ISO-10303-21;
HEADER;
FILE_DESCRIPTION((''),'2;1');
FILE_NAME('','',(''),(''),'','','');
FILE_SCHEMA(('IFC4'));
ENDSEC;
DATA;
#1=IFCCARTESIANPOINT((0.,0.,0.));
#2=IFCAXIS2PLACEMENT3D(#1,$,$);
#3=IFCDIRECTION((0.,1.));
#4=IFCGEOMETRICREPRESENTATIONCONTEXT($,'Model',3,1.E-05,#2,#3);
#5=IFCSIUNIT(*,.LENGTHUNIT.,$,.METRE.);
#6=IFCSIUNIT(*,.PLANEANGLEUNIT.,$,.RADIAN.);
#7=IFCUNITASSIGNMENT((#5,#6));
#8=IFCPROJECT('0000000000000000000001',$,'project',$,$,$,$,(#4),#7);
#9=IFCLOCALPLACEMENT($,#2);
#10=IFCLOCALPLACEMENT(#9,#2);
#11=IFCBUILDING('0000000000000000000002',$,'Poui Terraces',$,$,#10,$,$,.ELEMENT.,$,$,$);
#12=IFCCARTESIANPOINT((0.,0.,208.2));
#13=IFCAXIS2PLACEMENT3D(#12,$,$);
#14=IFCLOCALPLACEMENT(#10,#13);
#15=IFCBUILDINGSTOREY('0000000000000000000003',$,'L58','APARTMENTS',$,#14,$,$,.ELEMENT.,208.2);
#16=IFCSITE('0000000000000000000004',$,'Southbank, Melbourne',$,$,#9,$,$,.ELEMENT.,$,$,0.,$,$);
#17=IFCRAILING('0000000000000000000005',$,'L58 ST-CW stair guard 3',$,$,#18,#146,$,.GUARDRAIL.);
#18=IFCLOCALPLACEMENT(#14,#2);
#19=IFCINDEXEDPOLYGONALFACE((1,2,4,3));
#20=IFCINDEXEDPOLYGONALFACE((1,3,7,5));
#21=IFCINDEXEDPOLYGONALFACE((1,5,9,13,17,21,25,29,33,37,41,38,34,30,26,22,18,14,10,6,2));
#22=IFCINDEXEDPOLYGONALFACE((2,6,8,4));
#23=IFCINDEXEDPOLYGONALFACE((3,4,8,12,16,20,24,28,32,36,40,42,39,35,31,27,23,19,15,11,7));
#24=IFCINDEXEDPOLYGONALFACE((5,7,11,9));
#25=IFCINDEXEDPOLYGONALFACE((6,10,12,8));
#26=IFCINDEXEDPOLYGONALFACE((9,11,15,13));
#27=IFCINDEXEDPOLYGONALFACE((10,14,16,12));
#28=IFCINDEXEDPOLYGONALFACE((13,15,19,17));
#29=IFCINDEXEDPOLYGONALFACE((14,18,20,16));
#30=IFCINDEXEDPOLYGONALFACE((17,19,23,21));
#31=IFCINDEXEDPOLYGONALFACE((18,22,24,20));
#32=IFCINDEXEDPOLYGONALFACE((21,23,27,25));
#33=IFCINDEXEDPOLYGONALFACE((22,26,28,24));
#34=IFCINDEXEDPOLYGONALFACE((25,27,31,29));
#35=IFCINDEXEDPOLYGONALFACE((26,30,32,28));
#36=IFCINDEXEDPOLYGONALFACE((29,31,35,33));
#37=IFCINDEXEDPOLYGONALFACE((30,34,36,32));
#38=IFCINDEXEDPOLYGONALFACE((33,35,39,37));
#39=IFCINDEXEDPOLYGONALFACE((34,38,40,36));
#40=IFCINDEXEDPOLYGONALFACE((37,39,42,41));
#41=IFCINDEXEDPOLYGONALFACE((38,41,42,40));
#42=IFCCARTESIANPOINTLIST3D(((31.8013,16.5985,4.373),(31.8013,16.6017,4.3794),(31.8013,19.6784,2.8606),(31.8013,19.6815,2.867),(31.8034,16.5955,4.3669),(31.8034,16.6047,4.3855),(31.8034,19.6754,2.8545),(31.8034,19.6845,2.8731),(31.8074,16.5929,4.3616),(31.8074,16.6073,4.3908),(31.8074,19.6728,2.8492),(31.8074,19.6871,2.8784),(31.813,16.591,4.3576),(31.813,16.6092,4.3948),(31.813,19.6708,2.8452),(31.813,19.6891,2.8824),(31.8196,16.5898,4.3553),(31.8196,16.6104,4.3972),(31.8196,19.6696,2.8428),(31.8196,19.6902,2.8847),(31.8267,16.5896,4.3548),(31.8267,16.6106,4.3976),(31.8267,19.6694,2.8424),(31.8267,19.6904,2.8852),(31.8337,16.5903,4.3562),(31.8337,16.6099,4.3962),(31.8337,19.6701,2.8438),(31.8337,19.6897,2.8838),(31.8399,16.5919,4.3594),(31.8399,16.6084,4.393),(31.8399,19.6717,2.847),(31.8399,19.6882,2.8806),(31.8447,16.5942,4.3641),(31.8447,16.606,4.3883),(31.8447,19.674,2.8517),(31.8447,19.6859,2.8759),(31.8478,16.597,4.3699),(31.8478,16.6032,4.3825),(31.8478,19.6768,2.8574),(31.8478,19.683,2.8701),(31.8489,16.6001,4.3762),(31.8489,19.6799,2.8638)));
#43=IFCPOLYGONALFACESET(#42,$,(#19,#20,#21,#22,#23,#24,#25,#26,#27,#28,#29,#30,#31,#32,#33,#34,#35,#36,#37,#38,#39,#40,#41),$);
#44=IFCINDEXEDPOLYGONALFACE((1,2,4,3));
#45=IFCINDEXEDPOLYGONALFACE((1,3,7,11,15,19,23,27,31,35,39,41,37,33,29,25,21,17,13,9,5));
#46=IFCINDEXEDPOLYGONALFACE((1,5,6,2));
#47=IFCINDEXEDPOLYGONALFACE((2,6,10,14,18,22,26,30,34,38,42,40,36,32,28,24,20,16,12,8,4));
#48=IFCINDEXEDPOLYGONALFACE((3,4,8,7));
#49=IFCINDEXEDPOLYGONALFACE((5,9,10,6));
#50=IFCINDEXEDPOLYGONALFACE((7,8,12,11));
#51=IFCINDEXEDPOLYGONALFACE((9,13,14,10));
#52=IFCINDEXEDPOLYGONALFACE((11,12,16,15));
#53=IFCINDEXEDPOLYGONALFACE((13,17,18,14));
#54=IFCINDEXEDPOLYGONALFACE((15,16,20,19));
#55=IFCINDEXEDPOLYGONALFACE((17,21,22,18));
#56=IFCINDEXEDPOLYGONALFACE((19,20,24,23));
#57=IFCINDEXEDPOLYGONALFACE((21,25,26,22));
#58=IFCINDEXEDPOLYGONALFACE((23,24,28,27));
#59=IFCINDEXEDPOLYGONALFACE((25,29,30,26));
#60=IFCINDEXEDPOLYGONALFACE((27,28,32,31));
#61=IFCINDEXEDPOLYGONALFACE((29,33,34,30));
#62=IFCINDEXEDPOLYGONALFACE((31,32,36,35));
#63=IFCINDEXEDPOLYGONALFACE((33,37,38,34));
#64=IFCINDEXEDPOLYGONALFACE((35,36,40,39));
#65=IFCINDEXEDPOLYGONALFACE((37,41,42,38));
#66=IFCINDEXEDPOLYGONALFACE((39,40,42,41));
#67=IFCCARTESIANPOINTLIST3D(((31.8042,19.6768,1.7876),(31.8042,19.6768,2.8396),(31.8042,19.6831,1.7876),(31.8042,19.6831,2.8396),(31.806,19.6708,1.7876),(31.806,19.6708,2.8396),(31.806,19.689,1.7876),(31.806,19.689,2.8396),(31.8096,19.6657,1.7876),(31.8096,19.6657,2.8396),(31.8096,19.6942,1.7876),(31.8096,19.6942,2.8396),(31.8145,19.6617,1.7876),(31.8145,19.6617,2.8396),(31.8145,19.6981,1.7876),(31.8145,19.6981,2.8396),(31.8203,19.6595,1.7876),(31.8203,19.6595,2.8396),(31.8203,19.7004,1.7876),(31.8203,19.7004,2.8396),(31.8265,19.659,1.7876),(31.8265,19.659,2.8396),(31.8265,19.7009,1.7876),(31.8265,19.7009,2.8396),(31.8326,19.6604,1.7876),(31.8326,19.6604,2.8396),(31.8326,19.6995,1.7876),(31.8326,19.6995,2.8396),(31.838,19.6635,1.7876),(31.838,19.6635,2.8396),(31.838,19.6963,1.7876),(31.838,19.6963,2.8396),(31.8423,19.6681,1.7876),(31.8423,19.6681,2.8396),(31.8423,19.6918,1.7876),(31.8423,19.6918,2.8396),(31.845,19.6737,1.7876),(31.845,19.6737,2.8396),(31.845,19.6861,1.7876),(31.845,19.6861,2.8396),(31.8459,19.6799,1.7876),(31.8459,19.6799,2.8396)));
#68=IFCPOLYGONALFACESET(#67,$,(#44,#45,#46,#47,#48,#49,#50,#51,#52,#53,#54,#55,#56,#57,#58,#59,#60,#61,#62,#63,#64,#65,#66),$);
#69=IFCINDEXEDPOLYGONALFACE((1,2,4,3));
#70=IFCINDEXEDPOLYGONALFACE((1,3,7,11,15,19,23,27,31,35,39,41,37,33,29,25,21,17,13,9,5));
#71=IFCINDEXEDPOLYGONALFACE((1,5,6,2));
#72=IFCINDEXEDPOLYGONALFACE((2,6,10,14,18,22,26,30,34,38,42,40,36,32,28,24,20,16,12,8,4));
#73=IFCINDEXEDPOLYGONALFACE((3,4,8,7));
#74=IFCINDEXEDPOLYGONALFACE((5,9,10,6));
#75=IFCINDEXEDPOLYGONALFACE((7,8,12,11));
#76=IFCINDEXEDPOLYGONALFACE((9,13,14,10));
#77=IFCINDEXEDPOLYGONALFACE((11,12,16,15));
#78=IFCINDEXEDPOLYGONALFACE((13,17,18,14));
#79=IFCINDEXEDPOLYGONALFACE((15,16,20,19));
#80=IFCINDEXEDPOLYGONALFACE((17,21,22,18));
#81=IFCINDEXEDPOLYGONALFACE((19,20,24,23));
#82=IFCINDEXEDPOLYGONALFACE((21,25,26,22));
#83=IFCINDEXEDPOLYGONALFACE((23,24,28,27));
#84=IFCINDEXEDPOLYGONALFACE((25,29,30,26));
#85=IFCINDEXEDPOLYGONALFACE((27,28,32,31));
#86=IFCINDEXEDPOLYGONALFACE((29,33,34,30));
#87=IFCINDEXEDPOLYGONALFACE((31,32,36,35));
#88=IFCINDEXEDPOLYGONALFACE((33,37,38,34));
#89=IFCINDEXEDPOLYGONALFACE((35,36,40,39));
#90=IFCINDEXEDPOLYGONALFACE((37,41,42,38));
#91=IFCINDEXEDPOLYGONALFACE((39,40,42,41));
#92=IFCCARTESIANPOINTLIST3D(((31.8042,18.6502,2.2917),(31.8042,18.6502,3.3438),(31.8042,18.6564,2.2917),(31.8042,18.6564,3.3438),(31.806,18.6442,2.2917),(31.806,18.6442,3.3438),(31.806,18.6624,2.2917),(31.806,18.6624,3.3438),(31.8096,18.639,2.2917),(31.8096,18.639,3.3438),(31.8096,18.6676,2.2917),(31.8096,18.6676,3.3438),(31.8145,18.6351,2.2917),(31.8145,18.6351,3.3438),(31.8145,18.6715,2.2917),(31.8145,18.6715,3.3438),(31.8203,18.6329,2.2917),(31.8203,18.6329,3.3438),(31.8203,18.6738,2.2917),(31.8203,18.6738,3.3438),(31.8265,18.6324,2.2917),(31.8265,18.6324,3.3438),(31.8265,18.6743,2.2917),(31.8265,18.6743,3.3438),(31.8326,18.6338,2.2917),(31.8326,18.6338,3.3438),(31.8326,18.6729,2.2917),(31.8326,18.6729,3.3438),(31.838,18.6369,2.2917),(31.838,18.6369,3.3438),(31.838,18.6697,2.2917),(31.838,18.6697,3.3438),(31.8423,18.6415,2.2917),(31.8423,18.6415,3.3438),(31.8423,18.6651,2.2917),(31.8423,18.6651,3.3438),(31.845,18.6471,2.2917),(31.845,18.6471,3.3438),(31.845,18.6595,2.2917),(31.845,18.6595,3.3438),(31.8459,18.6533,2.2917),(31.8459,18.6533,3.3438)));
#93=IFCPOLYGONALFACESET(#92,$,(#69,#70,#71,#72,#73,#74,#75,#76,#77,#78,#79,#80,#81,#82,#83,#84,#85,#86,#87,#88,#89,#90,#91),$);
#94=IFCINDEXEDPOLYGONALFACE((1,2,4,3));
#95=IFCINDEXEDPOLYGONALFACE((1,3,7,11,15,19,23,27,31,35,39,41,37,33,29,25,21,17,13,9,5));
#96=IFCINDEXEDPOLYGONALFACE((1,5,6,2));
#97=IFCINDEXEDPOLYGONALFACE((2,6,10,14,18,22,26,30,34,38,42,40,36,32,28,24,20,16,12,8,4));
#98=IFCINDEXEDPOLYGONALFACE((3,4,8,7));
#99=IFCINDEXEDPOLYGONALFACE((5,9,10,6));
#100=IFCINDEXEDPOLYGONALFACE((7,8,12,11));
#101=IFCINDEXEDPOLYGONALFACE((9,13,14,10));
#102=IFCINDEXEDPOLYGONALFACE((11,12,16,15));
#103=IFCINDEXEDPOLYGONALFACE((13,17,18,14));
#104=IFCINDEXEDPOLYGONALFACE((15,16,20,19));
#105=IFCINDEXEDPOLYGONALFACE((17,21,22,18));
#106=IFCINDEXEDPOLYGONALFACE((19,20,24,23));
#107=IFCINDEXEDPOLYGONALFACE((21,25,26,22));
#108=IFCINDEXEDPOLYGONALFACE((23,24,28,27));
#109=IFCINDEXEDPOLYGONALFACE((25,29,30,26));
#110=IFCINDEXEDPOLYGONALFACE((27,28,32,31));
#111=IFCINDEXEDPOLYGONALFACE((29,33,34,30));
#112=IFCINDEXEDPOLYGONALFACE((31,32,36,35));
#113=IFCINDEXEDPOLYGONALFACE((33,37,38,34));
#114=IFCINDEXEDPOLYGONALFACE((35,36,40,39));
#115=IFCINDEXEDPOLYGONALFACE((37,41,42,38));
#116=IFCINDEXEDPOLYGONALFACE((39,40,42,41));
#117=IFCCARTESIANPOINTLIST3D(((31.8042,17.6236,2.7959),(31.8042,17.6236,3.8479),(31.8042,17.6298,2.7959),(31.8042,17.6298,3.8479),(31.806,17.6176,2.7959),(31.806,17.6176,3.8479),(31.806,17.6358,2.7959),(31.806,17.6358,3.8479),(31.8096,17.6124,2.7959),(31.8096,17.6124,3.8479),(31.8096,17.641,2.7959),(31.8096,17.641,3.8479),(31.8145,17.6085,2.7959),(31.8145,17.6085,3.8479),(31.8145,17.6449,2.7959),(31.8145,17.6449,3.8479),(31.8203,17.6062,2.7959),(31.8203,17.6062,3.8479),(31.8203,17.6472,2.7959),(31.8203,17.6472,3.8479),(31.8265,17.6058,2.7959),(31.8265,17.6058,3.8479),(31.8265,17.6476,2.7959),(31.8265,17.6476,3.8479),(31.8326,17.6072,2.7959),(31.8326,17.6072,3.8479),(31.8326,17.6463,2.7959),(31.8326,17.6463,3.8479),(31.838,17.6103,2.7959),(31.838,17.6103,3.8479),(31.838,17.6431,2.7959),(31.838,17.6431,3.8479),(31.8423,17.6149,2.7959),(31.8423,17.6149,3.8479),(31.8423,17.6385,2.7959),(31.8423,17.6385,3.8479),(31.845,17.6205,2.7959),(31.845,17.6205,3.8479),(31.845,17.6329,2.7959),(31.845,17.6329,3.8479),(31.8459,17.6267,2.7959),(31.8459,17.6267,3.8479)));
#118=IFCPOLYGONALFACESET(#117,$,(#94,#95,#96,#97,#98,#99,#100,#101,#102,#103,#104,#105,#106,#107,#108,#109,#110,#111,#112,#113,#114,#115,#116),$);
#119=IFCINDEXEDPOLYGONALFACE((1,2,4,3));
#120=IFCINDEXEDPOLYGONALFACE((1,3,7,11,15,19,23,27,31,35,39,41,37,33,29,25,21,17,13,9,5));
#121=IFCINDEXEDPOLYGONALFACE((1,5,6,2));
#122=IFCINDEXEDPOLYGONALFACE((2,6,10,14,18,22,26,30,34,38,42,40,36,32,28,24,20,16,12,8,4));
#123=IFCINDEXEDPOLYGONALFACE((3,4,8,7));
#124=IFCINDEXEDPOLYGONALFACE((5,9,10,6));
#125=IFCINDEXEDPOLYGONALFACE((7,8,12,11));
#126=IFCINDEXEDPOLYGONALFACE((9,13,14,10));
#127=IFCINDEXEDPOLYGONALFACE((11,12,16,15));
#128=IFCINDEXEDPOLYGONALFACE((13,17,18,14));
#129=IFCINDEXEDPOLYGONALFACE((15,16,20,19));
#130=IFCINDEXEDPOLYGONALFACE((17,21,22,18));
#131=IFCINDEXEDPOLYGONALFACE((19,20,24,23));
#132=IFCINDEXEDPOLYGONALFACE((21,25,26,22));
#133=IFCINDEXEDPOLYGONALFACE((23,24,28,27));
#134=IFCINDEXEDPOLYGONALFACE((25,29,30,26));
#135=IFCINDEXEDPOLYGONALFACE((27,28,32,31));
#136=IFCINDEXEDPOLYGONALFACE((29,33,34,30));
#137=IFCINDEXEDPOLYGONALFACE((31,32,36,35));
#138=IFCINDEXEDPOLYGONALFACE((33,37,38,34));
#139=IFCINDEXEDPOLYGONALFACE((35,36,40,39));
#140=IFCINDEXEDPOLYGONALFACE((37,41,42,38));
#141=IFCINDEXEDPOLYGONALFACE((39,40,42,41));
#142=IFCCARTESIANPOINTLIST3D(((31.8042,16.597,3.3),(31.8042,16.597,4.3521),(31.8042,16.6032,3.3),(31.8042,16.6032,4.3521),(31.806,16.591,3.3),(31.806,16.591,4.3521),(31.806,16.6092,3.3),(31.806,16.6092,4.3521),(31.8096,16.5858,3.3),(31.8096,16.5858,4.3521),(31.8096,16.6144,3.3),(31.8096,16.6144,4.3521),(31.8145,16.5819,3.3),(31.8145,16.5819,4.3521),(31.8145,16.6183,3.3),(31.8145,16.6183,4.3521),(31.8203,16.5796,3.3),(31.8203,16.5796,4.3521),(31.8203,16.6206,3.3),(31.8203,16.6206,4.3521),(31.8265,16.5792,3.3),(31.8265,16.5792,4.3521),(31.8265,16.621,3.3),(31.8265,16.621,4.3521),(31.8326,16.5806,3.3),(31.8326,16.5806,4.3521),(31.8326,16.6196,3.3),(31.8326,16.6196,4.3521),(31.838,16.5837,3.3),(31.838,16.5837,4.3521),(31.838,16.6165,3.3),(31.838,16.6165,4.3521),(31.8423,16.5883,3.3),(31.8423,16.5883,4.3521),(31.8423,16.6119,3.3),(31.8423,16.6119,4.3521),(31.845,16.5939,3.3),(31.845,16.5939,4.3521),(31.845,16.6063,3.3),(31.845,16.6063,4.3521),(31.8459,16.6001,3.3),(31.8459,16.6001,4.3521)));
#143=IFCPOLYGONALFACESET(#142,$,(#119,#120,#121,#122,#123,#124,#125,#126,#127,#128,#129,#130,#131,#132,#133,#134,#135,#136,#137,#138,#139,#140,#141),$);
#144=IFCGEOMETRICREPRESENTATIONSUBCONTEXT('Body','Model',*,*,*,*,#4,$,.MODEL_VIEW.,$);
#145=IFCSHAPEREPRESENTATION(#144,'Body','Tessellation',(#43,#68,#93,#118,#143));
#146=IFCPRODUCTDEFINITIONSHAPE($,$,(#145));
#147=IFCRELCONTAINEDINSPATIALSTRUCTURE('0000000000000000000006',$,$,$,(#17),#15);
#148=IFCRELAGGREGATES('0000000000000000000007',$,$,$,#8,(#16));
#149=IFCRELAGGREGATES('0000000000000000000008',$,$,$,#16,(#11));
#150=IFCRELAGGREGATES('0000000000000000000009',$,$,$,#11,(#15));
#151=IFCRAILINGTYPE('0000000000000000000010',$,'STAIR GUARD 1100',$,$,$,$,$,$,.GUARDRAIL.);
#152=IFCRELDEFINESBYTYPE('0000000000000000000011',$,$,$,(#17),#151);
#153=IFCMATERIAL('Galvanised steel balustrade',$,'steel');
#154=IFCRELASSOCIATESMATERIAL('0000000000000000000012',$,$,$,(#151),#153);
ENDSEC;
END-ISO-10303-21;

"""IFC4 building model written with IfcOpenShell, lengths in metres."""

from ifc_helpers import new_model, si_unit, direction, frame, origin, origin_2d, place, context, subcontext, project, spatial, circle, extrude, material, type_object, element, save


model = new_model("IFC4")

# Units and contexts
model_context = context("Model", 3, precision=1e-05, world=origin(), true_north=direction((0.0, 1.0)))
body_context = subcontext(model_context, "Body", "Model", "MODEL_VIEW")
ifc_project = project(units=[si_unit("LENGTHUNIT", "METRE"), si_unit("PLANEANGLEUNIT", "RADIAN")], contexts=[model_context])

# Site, building, storey
site_placement = place(None, origin())
site = spatial("IfcSite", under=ifc_project, at=site_placement, Name="Southbank, Melbourne", CompositionType="ELEMENT", RefElevation=0.0)
building_placement = place(site_placement, origin())
building = spatial("IfcBuilding", under=site, at=building_placement, Name="Poui Terraces", CompositionType="ELEMENT")
storey_placement = place(building_placement, frame((0.0, 0.0, 208.2)))
storey = spatial("IfcBuildingStorey", under=building, at=storey_placement, Name="L58", Description="APARTMENTS", CompositionType="ELEMENT", Elevation=208.2)

# Railing
ifc_material_1 = material(Name="Galvanised steel balustrade", Category="steel")
railing_type_1 = type_object("IfcRailingType", Name="STAIR GUARD 1100", PredefinedType="GUARDRAIL", material=ifc_material_1)
railing_1_placement = place(storey_placement, frame((31.825, 19.6799, 1.7876)))
element("IfcRailing", 1, at=railing_1_placement, inside=storey, type_object=railing_type_1, Name="L58 ST-CW stair guard 3", PredefinedType="GUARDRAIL", context=body_context, shape_type="SweptSolid", body=[
    extrude(circle(Radius=0.0239, at=origin_2d()), frame((0.0, 0.0, 1.0762), z_axis=(0.0, -0.897606, 0.440798), x_axis=(1.0, 0.0, 0.0)), (0.0, 0.0, 1.0), 3.4312),
    extrude(circle(Radius=0.021, at=origin_2d()), origin(), (0.0, 0.0, 1.0), 1.052),
    extrude(circle(Radius=0.021, at=origin_2d()), frame((0.0, -1.0266, 0.5042)), (0.0, 0.0, 1.0), 1.052),
    extrude(circle(Radius=0.021, at=origin_2d()), frame((0.0, -2.0532, 1.0083)), (0.0, 0.0, 1.0), 1.052),
    extrude(circle(Radius=0.021, at=origin_2d()), frame((0.0, -3.0798, 1.5125)), (0.0, 0.0, 1.0), 1.052),
])

save(model, "model.ifc")
